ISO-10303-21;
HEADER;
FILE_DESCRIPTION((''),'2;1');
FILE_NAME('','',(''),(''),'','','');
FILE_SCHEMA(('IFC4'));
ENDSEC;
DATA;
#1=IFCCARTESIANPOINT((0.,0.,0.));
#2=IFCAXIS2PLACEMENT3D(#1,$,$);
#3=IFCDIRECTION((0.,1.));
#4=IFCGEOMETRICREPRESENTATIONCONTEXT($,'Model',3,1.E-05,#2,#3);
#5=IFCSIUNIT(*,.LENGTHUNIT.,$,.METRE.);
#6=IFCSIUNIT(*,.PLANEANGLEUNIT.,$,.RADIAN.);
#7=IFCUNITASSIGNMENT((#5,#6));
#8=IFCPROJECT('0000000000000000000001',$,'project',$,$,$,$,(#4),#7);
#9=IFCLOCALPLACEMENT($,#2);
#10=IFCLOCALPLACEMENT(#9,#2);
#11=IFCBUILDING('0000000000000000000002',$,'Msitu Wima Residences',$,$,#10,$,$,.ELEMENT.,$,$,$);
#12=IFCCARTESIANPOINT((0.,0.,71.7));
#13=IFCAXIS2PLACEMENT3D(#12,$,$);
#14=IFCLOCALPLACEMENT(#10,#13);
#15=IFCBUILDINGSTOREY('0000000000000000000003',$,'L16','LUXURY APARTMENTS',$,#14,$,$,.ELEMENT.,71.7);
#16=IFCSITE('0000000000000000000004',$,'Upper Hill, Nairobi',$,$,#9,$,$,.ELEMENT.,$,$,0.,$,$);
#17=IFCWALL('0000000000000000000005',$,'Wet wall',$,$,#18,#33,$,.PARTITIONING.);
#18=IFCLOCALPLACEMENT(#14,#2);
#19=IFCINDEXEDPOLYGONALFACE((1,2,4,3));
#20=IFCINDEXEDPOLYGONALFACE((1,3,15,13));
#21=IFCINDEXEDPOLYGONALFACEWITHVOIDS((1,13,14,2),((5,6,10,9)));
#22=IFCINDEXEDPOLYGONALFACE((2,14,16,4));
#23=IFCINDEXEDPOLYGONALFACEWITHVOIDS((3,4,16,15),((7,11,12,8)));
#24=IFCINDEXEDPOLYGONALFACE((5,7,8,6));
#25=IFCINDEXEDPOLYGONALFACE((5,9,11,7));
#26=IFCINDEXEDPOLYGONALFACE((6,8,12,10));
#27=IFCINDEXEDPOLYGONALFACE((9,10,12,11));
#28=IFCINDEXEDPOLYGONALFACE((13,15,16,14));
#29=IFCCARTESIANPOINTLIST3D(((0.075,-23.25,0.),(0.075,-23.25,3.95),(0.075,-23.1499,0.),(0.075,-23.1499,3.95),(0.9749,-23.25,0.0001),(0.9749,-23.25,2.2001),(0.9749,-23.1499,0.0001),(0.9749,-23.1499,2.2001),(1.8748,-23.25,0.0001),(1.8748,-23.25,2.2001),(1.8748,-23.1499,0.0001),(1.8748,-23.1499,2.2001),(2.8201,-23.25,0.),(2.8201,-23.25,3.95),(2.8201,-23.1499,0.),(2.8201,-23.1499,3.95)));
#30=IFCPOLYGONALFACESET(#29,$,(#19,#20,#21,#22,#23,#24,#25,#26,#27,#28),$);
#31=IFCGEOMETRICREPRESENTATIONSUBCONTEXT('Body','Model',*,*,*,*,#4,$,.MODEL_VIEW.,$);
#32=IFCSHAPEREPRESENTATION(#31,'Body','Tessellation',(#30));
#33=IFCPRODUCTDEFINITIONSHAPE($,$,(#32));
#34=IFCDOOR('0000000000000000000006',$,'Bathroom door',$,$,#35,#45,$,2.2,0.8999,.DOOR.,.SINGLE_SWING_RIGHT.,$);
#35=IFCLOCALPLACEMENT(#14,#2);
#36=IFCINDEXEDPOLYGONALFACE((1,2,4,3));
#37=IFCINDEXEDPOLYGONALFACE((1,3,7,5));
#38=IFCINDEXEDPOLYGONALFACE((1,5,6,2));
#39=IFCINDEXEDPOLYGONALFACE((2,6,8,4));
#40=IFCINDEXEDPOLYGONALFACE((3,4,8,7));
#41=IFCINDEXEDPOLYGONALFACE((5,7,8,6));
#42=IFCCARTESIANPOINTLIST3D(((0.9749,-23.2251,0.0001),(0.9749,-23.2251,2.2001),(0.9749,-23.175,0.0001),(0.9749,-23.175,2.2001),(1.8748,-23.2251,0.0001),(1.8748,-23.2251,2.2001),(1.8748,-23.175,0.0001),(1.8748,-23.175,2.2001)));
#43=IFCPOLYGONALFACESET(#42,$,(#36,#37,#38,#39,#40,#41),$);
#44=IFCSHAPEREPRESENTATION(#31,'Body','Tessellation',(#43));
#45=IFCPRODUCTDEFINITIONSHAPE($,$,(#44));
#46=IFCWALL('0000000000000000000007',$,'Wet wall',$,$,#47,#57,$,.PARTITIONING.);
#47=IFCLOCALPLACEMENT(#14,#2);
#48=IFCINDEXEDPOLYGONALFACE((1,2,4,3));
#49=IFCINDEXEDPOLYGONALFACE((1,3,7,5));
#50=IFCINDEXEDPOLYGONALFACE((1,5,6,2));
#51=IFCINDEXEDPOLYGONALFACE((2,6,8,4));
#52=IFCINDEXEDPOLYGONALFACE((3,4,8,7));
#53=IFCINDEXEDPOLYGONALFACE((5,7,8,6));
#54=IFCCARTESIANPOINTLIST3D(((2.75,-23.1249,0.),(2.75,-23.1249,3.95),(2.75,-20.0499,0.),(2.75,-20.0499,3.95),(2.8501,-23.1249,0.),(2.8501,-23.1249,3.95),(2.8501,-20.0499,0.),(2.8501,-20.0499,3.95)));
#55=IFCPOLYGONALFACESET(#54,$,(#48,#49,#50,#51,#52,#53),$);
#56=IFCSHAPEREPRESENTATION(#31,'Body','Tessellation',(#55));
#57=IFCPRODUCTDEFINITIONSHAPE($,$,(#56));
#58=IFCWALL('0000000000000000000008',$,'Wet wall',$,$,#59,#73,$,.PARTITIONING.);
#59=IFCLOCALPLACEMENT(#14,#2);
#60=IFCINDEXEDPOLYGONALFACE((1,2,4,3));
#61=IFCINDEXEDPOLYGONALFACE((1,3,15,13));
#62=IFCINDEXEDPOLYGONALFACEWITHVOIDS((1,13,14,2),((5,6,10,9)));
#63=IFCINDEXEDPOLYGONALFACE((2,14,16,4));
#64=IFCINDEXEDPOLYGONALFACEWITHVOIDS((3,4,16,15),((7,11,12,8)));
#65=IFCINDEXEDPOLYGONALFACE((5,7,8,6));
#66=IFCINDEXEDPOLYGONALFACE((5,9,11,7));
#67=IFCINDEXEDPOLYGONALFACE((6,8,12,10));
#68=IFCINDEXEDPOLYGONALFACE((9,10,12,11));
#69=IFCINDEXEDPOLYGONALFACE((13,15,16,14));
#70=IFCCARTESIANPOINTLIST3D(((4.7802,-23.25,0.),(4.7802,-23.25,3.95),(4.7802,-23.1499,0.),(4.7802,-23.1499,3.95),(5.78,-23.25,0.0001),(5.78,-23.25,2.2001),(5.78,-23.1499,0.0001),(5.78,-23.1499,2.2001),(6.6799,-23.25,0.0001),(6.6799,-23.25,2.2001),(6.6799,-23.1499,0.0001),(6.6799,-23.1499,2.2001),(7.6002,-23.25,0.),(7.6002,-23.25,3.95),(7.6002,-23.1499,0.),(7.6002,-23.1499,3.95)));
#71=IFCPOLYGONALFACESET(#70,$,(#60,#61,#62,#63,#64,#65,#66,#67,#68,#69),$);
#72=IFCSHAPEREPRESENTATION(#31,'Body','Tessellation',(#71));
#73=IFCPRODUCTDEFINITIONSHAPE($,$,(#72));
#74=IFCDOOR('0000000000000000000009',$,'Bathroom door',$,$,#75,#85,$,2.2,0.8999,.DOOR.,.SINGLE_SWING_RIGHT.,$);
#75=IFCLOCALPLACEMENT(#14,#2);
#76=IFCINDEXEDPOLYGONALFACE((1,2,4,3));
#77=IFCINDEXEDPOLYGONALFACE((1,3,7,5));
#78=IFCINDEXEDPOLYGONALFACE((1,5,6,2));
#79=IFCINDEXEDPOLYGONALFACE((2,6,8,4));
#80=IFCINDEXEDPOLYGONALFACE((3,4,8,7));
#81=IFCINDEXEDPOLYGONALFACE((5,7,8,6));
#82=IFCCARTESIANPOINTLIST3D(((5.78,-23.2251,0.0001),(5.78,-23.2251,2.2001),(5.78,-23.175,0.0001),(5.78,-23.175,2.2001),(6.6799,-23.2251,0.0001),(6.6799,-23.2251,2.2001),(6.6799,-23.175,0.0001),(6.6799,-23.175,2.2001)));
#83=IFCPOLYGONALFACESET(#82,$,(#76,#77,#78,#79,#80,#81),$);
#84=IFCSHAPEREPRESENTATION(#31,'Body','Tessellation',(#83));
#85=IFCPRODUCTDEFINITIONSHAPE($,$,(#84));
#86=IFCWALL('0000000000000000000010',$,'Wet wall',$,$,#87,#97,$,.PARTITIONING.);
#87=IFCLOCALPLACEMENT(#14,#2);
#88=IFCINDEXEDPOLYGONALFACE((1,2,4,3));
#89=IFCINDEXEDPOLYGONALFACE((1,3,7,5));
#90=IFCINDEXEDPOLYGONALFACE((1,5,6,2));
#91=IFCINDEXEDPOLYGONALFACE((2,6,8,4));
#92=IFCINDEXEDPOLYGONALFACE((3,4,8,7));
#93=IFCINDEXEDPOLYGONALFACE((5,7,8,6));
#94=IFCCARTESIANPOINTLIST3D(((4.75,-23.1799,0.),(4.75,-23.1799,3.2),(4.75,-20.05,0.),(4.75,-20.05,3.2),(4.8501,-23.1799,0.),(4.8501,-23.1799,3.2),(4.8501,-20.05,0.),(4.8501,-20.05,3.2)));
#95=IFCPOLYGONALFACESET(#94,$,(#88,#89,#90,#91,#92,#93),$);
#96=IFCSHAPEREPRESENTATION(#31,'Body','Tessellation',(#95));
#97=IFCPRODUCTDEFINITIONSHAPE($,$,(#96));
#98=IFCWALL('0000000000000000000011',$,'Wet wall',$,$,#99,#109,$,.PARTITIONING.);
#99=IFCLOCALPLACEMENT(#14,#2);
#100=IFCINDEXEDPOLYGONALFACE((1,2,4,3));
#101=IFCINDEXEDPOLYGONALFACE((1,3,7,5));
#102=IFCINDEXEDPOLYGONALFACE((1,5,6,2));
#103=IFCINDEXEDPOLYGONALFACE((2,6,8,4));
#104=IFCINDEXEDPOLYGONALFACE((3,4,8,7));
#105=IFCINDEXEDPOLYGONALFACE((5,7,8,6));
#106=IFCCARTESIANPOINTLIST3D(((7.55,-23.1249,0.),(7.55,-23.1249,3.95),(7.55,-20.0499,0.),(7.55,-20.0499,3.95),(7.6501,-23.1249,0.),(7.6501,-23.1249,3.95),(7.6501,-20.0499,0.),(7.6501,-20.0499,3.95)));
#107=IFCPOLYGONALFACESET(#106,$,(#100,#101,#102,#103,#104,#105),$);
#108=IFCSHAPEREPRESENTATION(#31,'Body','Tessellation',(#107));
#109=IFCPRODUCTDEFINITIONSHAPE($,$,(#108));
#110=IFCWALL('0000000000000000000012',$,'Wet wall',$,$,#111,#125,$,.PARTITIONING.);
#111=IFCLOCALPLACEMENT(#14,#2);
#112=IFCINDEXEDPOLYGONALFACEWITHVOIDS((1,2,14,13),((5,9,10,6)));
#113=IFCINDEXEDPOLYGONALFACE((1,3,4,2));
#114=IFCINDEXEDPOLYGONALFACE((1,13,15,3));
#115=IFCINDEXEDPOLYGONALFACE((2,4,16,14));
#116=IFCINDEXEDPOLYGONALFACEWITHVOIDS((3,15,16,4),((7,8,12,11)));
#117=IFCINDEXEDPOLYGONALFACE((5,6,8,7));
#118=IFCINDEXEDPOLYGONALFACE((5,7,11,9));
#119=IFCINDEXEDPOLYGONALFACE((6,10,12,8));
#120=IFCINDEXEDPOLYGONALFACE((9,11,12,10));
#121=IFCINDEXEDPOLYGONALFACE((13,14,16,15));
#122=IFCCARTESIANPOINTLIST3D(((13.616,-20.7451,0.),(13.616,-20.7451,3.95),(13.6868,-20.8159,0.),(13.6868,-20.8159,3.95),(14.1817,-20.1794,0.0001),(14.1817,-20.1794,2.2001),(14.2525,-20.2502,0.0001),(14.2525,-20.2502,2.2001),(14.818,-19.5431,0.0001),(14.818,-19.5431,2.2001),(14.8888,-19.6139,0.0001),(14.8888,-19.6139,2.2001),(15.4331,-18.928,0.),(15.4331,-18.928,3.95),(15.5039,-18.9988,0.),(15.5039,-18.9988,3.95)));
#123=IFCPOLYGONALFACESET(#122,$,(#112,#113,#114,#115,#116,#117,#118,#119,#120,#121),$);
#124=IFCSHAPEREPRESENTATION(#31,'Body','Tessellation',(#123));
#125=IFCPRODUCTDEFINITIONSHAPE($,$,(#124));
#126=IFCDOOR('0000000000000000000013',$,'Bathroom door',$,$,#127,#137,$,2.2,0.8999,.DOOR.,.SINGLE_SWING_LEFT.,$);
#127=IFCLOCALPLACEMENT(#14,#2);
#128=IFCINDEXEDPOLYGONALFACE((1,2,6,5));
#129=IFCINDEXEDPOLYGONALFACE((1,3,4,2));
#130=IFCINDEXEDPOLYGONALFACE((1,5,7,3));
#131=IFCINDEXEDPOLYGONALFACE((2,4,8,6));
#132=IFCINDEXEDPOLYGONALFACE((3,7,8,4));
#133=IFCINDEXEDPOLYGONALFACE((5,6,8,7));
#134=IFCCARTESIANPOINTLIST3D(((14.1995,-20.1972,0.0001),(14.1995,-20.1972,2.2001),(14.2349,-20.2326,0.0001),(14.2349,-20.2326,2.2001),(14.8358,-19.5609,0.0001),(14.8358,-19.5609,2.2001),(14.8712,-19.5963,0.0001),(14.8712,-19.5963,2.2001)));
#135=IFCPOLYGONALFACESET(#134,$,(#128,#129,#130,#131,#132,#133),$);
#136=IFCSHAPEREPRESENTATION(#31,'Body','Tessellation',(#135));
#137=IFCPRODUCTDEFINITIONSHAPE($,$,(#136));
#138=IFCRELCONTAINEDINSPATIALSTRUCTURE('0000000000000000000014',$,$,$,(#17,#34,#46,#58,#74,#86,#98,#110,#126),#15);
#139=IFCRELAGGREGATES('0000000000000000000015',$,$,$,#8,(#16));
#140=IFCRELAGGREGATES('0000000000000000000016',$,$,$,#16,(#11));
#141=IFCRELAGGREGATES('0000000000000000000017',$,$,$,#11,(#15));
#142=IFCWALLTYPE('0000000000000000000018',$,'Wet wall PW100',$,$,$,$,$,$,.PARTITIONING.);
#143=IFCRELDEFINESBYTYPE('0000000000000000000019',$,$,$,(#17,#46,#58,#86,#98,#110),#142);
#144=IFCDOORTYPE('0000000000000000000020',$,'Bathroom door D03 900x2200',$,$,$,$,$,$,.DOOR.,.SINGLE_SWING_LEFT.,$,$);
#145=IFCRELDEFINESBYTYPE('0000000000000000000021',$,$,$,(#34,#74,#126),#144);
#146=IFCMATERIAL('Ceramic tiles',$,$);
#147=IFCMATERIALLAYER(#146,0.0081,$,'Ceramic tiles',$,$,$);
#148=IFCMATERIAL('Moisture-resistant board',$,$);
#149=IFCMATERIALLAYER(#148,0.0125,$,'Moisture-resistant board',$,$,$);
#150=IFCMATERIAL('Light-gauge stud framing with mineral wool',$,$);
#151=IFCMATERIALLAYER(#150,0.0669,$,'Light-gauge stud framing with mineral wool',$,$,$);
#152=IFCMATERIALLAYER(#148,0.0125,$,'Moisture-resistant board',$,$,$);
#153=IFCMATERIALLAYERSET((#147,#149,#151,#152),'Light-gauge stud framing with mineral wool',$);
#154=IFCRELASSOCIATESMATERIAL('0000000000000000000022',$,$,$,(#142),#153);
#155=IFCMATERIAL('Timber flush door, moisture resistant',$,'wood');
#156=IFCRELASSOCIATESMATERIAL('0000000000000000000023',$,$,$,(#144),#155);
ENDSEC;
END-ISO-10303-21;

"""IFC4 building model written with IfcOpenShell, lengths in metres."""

from ifc_helpers import new_model, si_unit, direction, frame, frame_2d, origin, place, context, subcontext, project, spatial, rectangle, extrude, material, layer, layer_set, type_object, element, fill, save


model = new_model("IFC4")

# Units and contexts
model_context = context("Model", 3, precision=1e-05, world=origin(), true_north=direction((0.0, 1.0)))
body_context = subcontext(model_context, "Body", "Model", "MODEL_VIEW")
ifc_project = project(units=[si_unit("LENGTHUNIT", "METRE"), si_unit("PLANEANGLEUNIT", "RADIAN")], contexts=[model_context])

# Site, building, storey
site_placement = place(None, origin())
site = spatial("IfcSite", under=ifc_project, at=site_placement, Name="Upper Hill, Nairobi", CompositionType="ELEMENT", RefElevation=0.0)
building_placement = place(site_placement, origin())
building = spatial("IfcBuilding", under=site, at=building_placement, Name="Msitu Wima Residences", CompositionType="ELEMENT")
storey_placement = place(building_placement, frame((0.0, 0.0, 71.7)))
storey = spatial("IfcBuildingStorey", under=building, at=storey_placement, Name="L16", Description="LUXURY APARTMENTS", CompositionType="ELEMENT", Elevation=71.7)

# Shared definitions
ifc_material_1 = material(Name="Ceramic tiles")
ifc_layer_1 = layer(ifc_material_1, 0.0081, Name="Ceramic tiles")
ifc_material_2 = material(Name="Moisture-resistant board")
ifc_layer_2 = layer(ifc_material_2, 0.0125, Name="Moisture-resistant board")
ifc_material_3 = material(Name="Light-gauge stud framing with mineral wool")
ifc_layer_3 = layer(ifc_material_3, 0.0669, Name="Light-gauge stud framing with mineral wool")
ifc_layer_4 = layer(ifc_material_2, 0.0125, Name="Moisture-resistant board")
ifc_layer_set_1 = layer_set([ifc_layer_1, ifc_layer_2, ifc_layer_3, ifc_layer_4], Name="Light-gauge stud framing with mineral wool")
wall_type_1 = type_object("IfcWallType", Name="Wet wall PW100", PredefinedType="PARTITIONING", material=ifc_layer_set_1)

# Wall, opening, door
wall_1_placement = place(storey_placement, frame((0.075, -23.2, 0.0), z_axis=(0.0, 0.0, 1.0), x_axis=(1.0, 0.0, 0.0)))
wall_1 = element("IfcWall", 1, at=wall_1_placement, inside=storey, type_object=wall_type_1, Name="Wet wall", PredefinedType="PARTITIONING", context=body_context, shape_type="SweptSolid", body=[
    extrude(rectangle(XDim=2.7451, YDim=0.1001, at=frame_2d((1.3726, 0.0))), origin(), (0.0, 0.0, 1.0), 3.95),
])
opening_1_placement = place(wall_1_placement, frame((0.8999, 0.0, 0.0)))
opening_1 = element("IfcOpeningElement", 2, at=opening_1_placement, cuts=wall_1, PredefinedType="OPENING", context=body_context, shape_type="SweptSolid", body=[
    extrude(rectangle(XDim=0.8999, YDim=2.2, at=frame_2d((0.45, 1.1001))), frame((0.0, 0.0601, 0.0), z_axis=(0.0, -1.0, 0.0), x_axis=(1.0, 0.0, 0.0)), (0.0, 0.0, 1.0), 0.1201),
])
ifc_material_4 = material(Name="Timber flush door, moisture resistant", Category="wood")
door_type_1 = type_object("IfcDoorType", Name="Bathroom door D03 900x2200", OperationType="SINGLE_SWING_LEFT", PredefinedType="DOOR", material=ifc_material_4)
door_1_placement = place(opening_1_placement, origin())
door_1 = element("IfcDoor", 3, at=door_1_placement, inside=storey, type_object=door_type_1, Name="Bathroom door", OperationType="SINGLE_SWING_RIGHT", OverallHeight=2.2, OverallWidth=0.8999, PredefinedType="DOOR", context=body_context, shape_type="SweptSolid", body=[
    extrude(rectangle(XDim=0.8999, YDim=2.2, at=frame_2d((0.45, 1.1001))), frame((0.0, 0.0249, 0.0), z_axis=(0.0, -1.0, 0.0), x_axis=(1.0, 0.0, 0.0)), (0.0, 0.0, 1.0), 0.05),
])
fill(opening_1, door_1)

# Wall
wall_2_placement = place(storey_placement, frame((2.8, -23.125, 0.0), z_axis=(0.0, 0.0, 1.0), x_axis=(0.0, 1.0, 0.0)))
element("IfcWall", 4, at=wall_2_placement, inside=storey, type_object=wall_type_1, Name="Wet wall", PredefinedType="PARTITIONING", context=body_context, shape_type="SweptSolid", body=[
    extrude(rectangle(XDim=3.075, YDim=0.1001, at=frame_2d((1.5376, 0.0))), origin(), (0.0, 0.0, 1.0), 3.95),
])

# Wall, opening, door
wall_3_placement = place(storey_placement, frame((4.78, -23.2, 0.0), z_axis=(0.0, 0.0, 1.0), x_axis=(1.0, 0.0, 0.0)))
wall_3 = element("IfcWall", 5, at=wall_3_placement, inside=storey, type_object=wall_type_1, Name="Wet wall", PredefinedType="PARTITIONING", context=body_context, shape_type="SweptSolid", body=[
    extrude(rectangle(XDim=2.8201, YDim=0.1001, at=frame_2d((1.4102, 0.0))), origin(), (0.0, 0.0, 1.0), 3.95),
])
opening_2_placement = place(wall_3_placement, frame((1.0, 0.0, 0.0)))
opening_2 = element("IfcOpeningElement", 6, at=opening_2_placement, cuts=wall_3, PredefinedType="OPENING", context=body_context, shape_type="SweptSolid", body=[
    extrude(rectangle(XDim=0.8999, YDim=2.2, at=frame_2d((0.45, 1.1001))), frame((0.0, 0.0601, 0.0), z_axis=(0.0, -1.0, 0.0), x_axis=(1.0, 0.0, 0.0)), (0.0, 0.0, 1.0), 0.1201),
])
door_2_placement = place(opening_2_placement, origin())
door_2 = element("IfcDoor", 7, at=door_2_placement, inside=storey, type_object=door_type_1, Name="Bathroom door", OperationType="SINGLE_SWING_RIGHT", OverallHeight=2.2, OverallWidth=0.8999, PredefinedType="DOOR", context=body_context, shape_type="SweptSolid", body=[
    extrude(rectangle(XDim=0.8999, YDim=2.2, at=frame_2d((0.45, 1.1001))), frame((0.0, 0.0249, 0.0), z_axis=(0.0, -1.0, 0.0), x_axis=(1.0, 0.0, 0.0)), (0.0, 0.0, 1.0), 0.05),
])
fill(opening_2, door_2)

# Walls
wall_4_placement = place(storey_placement, frame((4.8, -23.1799, 0.0), z_axis=(0.0, 0.0, 1.0), x_axis=(0.0, 1.0, 0.0)))
element("IfcWall", 8, at=wall_4_placement, inside=storey, type_object=wall_type_1, Name="Wet wall", PredefinedType="PARTITIONING", context=body_context, shape_type="SweptSolid", body=[
    extrude(rectangle(XDim=3.1299, YDim=0.1001, at=frame_2d((1.5649, 0.0))), origin(), (0.0, 0.0, 1.0), 3.2),
])
wall_5_placement = place(storey_placement, frame((7.6001, -23.125, 0.0), z_axis=(0.0, 0.0, 1.0), x_axis=(0.0, 1.0, 0.0)))
element("IfcWall", 9, at=wall_5_placement, inside=storey, type_object=wall_type_1, Name="Wet wall", PredefinedType="PARTITIONING", context=body_context, shape_type="SweptSolid", body=[
    extrude(rectangle(XDim=3.075, YDim=0.1001, at=frame_2d((1.5376, 0.0))), origin(), (0.0, 0.0, 1.0), 3.95),
])

# Wall, opening, door
wall_6_placement = place(storey_placement, frame((13.6514, -20.7805, 0.0), z_axis=(0.0, 0.0, 1.0), x_axis=(0.707107, 0.707107, 0.0)))
wall_6 = element("IfcWall", 10, at=wall_6_placement, inside=storey, type_object=wall_type_1, Name="Wet wall", PredefinedType="PARTITIONING", context=body_context, shape_type="SweptSolid", body=[
    extrude(rectangle(XDim=2.5698, YDim=0.1001, at=frame_2d((1.2849, 0.0))), origin(), (0.0, 0.0, 1.0), 3.95),
])
opening_3_placement = place(wall_6_placement, frame((0.8, 0.0, 0.0)))
opening_3 = element("IfcOpeningElement", 11, at=opening_3_placement, cuts=wall_6, PredefinedType="OPENING", context=body_context, shape_type="SweptSolid", body=[
    extrude(rectangle(XDim=0.8999, YDim=2.2, at=frame_2d((0.45, 1.1001))), frame((0.0, 0.0601, 0.0), z_axis=(0.0, -1.0, 0.0), x_axis=(1.0, 0.0, 0.0)), (0.0, 0.0, 1.0), 0.1201),
])
door_3_placement = place(opening_3_placement, origin())
door_3 = element("IfcDoor", 12, at=door_3_placement, inside=storey, type_object=door_type_1, Name="Bathroom door", OperationType="SINGLE_SWING_LEFT", OverallHeight=2.2, OverallWidth=0.8999, PredefinedType="DOOR", context=body_context, shape_type="SweptSolid", body=[
    extrude(rectangle(XDim=0.8999, YDim=2.2, at=frame_2d((0.45, 1.1001))), frame((0.0, 0.0249, 0.0), z_axis=(0.0, -1.0, 0.0), x_axis=(1.0, 0.0, 0.0)), (0.0, 0.0, 1.0), 0.05),
])
fill(opening_3, door_3)

save(model, "model.ifc")
